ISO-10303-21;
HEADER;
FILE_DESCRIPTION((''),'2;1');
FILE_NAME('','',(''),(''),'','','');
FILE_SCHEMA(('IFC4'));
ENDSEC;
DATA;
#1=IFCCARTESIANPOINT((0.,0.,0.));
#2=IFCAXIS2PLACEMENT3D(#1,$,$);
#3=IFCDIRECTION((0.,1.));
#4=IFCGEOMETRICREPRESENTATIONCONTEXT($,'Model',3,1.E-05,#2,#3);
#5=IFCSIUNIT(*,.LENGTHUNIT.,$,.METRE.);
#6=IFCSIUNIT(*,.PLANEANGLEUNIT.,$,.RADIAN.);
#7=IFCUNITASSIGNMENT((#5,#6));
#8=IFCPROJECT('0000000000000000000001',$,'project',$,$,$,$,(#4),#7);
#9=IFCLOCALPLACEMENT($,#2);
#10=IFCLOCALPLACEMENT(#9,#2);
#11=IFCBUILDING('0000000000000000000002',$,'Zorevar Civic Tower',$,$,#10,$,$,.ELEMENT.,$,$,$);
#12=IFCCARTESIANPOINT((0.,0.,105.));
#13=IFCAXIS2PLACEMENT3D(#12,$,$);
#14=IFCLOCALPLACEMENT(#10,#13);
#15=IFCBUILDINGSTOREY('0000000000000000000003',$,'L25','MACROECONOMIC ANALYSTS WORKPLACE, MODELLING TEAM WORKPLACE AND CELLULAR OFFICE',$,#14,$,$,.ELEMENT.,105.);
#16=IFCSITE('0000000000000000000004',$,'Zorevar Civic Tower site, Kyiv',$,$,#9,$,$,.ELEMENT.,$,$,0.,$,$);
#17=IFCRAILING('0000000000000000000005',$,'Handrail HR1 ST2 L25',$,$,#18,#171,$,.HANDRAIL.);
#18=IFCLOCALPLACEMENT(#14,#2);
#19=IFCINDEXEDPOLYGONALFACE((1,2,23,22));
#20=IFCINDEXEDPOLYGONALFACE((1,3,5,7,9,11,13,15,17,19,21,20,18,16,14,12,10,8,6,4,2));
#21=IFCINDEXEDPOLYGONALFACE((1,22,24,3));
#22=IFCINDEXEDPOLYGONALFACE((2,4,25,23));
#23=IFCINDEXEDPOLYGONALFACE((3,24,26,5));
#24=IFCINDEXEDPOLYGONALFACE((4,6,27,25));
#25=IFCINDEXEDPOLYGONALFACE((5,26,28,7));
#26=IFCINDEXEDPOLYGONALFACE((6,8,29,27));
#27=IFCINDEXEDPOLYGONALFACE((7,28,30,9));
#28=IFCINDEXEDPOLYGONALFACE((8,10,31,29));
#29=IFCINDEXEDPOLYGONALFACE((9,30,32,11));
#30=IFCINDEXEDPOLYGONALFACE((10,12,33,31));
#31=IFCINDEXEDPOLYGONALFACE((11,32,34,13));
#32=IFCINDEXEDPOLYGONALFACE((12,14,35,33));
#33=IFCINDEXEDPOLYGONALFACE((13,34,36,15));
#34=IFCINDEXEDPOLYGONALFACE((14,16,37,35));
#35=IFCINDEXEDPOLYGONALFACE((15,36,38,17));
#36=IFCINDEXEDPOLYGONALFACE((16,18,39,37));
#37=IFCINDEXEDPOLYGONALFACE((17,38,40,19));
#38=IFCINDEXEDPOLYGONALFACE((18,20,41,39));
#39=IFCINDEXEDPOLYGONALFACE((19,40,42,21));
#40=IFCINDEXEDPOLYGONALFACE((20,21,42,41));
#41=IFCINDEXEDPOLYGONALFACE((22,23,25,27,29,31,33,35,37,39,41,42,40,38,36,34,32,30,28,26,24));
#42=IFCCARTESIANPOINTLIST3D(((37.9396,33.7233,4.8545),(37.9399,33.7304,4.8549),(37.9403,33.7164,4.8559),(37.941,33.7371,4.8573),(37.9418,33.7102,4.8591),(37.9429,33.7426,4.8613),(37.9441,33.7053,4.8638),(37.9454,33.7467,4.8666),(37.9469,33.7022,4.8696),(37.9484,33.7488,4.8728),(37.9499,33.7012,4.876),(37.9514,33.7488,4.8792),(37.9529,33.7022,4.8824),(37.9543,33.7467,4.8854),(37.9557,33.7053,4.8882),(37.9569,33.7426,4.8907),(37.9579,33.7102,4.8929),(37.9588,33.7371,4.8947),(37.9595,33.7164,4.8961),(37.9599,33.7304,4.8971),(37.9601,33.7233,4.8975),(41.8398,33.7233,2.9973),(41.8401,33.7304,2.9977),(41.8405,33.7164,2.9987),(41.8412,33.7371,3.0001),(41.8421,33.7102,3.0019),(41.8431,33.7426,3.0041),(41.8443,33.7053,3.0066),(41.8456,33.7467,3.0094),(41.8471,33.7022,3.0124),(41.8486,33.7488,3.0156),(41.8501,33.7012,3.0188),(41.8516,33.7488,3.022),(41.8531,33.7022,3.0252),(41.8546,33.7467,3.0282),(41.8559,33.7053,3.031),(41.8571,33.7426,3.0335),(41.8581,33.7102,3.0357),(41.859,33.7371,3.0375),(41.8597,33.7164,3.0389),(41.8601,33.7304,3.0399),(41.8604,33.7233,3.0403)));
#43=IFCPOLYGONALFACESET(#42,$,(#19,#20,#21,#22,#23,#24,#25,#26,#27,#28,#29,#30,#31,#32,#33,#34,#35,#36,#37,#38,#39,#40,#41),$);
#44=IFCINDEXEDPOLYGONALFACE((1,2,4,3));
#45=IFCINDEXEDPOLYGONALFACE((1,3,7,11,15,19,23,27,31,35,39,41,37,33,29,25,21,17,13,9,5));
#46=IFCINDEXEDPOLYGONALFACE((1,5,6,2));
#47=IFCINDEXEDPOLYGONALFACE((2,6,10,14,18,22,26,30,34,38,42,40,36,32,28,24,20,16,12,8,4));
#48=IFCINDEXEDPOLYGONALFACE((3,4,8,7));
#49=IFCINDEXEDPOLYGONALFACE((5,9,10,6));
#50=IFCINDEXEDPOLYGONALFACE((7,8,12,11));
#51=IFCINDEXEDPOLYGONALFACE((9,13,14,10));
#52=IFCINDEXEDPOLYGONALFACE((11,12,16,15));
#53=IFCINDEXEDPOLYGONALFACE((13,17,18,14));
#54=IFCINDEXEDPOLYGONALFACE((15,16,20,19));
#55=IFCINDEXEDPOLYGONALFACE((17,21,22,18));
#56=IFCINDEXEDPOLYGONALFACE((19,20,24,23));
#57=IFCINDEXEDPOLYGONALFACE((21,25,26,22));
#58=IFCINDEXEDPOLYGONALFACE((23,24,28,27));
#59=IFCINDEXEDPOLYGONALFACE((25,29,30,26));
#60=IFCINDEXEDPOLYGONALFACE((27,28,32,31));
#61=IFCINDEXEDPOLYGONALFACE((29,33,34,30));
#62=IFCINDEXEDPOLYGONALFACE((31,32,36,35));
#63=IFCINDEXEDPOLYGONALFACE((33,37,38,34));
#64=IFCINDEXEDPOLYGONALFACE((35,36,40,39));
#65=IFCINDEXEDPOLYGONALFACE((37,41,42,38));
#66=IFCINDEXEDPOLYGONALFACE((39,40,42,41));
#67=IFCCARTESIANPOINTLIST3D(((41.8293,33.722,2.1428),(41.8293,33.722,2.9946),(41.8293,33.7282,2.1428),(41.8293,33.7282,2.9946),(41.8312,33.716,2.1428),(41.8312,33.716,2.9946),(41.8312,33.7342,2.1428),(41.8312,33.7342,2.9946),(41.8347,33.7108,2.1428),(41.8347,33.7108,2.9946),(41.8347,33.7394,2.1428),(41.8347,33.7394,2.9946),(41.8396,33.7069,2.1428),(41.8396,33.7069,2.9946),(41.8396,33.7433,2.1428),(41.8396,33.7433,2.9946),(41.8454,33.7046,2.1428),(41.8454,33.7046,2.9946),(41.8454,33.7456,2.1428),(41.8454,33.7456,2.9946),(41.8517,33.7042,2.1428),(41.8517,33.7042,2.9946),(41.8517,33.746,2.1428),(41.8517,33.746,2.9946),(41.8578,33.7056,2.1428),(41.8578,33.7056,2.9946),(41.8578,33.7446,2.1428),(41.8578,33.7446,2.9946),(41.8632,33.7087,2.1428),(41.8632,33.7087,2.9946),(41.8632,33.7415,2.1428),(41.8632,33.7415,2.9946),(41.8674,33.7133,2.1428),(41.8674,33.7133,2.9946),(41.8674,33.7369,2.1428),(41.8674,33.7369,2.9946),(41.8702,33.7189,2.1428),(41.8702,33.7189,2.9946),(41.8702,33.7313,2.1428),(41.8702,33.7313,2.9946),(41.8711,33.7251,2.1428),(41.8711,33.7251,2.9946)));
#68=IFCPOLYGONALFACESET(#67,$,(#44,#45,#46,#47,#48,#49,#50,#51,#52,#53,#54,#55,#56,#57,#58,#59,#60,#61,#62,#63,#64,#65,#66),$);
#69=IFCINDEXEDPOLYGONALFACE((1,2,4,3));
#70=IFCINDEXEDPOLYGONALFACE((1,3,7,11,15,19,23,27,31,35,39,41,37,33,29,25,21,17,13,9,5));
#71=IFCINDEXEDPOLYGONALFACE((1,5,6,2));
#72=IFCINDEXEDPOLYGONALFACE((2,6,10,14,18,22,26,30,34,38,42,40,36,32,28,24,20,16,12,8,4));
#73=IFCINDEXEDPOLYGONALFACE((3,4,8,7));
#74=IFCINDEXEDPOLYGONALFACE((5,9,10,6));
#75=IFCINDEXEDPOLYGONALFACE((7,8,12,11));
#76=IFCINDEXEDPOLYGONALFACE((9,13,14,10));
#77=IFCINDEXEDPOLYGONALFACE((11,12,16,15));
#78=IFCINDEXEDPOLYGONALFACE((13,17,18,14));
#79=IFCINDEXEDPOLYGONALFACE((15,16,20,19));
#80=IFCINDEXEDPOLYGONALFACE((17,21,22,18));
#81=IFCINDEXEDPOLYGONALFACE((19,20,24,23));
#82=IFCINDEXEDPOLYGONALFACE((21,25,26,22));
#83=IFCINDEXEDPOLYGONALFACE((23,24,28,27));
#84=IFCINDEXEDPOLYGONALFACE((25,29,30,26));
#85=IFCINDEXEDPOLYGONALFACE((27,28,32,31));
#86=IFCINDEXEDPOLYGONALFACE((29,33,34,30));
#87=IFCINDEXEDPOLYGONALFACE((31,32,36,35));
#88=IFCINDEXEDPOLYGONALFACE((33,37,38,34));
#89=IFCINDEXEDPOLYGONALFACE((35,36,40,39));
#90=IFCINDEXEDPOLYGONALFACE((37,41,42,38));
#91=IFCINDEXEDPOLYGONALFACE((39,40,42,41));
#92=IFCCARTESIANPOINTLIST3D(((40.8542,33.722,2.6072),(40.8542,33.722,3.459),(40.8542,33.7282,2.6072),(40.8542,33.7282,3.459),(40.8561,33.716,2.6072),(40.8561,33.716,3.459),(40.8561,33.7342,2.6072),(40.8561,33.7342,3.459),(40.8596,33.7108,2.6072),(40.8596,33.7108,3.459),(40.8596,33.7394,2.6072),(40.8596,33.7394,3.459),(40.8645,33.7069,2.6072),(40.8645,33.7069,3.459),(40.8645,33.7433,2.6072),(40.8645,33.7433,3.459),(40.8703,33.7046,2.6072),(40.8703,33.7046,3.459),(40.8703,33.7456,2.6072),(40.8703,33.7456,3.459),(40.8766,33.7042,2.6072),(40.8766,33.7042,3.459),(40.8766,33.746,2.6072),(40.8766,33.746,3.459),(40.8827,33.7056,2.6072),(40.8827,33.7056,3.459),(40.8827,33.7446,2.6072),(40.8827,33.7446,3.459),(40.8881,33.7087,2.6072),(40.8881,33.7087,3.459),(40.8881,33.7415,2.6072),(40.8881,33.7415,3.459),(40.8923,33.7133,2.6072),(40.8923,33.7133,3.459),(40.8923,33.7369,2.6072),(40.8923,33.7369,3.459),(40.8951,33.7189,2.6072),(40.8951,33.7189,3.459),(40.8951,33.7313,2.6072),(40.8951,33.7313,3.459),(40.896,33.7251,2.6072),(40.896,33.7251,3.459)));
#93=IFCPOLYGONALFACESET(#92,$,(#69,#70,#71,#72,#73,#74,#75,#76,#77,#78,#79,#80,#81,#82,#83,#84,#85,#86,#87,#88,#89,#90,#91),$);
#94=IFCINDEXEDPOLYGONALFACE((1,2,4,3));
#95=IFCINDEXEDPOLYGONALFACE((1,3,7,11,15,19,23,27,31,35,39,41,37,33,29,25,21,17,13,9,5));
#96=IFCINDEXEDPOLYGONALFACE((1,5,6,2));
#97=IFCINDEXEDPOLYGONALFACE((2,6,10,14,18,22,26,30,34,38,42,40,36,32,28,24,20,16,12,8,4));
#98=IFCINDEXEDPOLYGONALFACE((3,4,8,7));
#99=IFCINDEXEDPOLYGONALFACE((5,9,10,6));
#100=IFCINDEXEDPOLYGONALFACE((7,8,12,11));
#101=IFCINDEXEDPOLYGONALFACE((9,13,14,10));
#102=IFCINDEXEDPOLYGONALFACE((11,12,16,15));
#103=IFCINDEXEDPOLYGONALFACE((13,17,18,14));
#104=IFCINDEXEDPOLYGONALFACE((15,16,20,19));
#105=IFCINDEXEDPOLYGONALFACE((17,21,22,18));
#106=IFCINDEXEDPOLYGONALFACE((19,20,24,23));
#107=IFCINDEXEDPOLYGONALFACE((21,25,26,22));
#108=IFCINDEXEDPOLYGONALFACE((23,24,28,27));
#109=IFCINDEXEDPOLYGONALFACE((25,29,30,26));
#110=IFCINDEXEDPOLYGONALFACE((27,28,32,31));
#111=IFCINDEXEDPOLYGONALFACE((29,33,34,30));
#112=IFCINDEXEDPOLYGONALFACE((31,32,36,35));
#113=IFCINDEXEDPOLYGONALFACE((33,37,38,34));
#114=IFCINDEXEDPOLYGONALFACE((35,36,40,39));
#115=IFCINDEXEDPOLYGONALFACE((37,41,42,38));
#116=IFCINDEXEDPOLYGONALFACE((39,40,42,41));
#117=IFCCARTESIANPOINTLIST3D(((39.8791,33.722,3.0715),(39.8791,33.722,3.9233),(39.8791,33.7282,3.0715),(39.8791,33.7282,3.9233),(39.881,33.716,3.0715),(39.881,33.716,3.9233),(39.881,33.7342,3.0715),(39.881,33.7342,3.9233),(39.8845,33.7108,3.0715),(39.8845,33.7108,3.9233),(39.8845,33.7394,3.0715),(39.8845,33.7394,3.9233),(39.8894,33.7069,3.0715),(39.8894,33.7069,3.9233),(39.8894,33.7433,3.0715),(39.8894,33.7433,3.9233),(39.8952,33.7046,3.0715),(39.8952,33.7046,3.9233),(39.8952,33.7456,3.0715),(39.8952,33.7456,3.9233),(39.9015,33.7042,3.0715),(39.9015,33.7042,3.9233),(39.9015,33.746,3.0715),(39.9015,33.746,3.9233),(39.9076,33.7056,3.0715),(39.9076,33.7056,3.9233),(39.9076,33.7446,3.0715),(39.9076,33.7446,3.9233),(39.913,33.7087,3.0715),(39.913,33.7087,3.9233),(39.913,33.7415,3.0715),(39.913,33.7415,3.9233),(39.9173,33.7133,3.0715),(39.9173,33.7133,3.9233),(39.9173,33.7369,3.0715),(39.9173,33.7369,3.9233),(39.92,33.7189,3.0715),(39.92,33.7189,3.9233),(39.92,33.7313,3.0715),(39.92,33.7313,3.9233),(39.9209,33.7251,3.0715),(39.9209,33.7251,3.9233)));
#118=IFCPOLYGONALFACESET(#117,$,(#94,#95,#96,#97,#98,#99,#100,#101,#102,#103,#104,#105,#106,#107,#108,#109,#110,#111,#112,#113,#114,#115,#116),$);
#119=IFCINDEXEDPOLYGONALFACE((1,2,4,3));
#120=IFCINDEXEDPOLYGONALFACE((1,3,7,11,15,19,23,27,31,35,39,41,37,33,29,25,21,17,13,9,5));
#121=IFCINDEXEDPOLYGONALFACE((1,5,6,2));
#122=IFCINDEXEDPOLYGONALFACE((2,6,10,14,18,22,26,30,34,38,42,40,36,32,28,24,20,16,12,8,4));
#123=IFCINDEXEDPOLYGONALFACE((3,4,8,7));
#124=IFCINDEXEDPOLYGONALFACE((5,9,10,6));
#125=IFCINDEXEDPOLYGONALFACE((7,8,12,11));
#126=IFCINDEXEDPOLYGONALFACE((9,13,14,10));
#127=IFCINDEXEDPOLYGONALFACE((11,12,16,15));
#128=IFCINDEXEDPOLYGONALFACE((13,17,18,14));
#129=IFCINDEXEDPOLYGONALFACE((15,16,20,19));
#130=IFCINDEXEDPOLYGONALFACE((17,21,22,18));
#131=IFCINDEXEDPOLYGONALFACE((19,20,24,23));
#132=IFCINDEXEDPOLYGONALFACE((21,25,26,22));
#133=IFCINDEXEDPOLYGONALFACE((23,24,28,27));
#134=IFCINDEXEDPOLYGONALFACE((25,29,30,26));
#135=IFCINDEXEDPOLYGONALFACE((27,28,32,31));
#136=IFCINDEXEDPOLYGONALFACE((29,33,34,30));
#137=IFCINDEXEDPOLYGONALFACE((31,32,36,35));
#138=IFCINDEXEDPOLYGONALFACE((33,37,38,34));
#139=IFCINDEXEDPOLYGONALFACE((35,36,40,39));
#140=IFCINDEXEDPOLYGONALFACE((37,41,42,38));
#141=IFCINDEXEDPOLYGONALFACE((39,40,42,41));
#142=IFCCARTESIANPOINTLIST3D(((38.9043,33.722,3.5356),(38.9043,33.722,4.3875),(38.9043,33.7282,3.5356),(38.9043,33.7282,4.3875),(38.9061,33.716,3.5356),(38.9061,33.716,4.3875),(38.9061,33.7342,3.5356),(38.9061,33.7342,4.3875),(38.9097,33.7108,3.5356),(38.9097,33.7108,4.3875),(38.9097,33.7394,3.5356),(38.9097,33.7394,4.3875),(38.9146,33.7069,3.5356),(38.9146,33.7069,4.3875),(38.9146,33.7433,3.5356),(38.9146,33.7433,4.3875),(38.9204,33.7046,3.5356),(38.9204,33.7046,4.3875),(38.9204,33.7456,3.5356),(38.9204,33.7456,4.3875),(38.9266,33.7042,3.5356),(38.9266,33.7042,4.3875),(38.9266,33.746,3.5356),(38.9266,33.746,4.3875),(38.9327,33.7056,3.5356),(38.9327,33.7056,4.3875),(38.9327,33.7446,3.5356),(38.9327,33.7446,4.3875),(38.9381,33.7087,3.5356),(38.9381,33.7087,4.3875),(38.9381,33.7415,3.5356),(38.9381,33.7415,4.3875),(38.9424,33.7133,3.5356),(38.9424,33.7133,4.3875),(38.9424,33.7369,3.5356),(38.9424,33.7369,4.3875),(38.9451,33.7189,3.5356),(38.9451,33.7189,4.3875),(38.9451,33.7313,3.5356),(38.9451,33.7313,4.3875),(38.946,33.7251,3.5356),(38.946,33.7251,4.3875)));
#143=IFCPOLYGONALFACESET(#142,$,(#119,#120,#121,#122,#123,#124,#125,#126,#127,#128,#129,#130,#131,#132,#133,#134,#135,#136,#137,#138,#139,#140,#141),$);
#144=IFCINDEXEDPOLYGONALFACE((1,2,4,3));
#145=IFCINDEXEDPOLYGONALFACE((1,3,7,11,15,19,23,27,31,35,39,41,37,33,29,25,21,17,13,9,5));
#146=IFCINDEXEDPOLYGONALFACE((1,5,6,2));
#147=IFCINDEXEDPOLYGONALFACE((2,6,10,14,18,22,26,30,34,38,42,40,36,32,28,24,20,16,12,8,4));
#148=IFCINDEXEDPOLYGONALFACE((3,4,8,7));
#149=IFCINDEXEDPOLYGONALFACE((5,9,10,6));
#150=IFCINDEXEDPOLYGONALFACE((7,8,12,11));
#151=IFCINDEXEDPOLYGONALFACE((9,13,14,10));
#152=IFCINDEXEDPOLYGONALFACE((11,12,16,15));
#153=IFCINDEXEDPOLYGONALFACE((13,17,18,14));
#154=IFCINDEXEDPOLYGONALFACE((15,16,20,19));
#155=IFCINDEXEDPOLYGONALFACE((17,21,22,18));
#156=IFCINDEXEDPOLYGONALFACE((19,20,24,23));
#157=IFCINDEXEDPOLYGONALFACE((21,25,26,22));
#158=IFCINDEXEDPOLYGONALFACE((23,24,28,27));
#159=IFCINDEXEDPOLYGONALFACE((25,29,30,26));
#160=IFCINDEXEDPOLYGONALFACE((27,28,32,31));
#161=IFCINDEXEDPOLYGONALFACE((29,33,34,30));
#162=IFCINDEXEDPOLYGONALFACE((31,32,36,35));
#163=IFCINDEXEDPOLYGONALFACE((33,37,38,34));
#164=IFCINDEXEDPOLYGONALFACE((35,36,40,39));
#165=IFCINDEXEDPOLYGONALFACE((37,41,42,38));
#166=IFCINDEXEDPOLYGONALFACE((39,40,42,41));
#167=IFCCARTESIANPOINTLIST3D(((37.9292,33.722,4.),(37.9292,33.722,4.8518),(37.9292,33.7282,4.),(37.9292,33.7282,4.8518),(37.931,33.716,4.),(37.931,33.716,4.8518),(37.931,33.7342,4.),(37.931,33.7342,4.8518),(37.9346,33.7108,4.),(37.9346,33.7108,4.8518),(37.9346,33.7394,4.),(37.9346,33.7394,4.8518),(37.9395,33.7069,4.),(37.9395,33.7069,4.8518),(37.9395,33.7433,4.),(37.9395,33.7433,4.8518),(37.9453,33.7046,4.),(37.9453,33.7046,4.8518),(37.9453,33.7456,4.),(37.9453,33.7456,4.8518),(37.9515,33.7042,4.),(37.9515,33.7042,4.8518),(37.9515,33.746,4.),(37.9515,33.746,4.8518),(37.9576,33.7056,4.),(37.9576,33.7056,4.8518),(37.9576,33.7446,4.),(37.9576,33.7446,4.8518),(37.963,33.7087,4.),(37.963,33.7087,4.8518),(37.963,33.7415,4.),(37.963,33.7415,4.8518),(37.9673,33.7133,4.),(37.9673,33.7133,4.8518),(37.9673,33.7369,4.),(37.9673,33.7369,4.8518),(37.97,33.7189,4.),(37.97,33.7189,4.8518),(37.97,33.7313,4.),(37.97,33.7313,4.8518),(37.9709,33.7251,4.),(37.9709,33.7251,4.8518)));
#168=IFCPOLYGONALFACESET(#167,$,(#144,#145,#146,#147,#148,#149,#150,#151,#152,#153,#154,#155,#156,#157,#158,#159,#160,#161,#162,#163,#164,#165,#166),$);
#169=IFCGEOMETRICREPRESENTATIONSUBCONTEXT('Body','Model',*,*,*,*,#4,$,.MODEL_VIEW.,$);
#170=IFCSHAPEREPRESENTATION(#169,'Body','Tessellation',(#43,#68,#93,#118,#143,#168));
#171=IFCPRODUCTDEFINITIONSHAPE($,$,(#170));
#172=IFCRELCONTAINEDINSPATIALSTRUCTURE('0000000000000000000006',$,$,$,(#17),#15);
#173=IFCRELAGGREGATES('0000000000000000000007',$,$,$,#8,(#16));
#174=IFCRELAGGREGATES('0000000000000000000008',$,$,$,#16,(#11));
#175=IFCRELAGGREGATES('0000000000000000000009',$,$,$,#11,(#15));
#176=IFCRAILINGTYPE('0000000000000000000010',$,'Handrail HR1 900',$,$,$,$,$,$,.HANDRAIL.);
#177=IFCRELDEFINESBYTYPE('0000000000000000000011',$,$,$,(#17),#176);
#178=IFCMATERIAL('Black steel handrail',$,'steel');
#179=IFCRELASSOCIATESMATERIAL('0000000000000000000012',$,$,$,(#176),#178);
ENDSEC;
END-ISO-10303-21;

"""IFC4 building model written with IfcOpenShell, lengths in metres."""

from ifc_helpers import new_model, si_unit, direction, frame, origin, origin_2d, place, context, subcontext, project, spatial, circle, extrude, material, type_object, element, save


model = new_model("IFC4")

# Units and contexts
model_context = context("Model", 3, precision=1e-05, world=origin(), true_north=direction((0.0, 1.0)))
body_context = subcontext(model_context, "Body", "Model", "MODEL_VIEW")
ifc_project = project(units=[si_unit("LENGTHUNIT", "METRE"), si_unit("PLANEANGLEUNIT", "RADIAN")], contexts=[model_context])

# Site, building, storey
site_placement = place(None, origin())
site = spatial("IfcSite", under=ifc_project, at=site_placement, Name="Zorevar Civic Tower site, Kyiv", CompositionType="ELEMENT", RefElevation=0.0)
building_placement = place(site_placement, origin())
building = spatial("IfcBuilding", under=site, at=building_placement, Name="Zorevar Civic Tower", CompositionType="ELEMENT")
storey_placement = place(building_placement, frame((0.0, 0.0, 105.0)))
storey = spatial("IfcBuildingStorey", under=building, at=storey_placement, Name="L25", Description="MACROECONOMIC ANALYSTS WORKPLACE, MODELLING TEAM WORKPLACE AND CELLULAR OFFICE", CompositionType="ELEMENT", Elevation=105.0)

# Railing
ifc_material_1 = material(Name="Black steel handrail", Category="steel")
railing_type = type_object("IfcRailingType", Name="Handrail HR1 900", PredefinedType="HANDRAIL", material=ifc_material_1)
railing_1_placement = place(storey_placement, frame((41.8501, 33.7251, 2.1428)))
element("IfcRailing", 1, at=railing_1_placement, inside=storey, type_object=railing_type, Name="Handrail HR1 ST2 L25", PredefinedType="HANDRAIL", context=body_context, shape_type="SweptSolid", body=[
    extrude(circle(Radius=0.0239, at=origin_2d()), frame((0.0, 0.0, 0.876), z_axis=(-0.902864, 0.0, 0.429927), x_axis=(0.0, -1.0, 0.0)), (0.0, 0.0, 1.0), 4.3198),
    extrude(circle(Radius=0.021, at=origin_2d()), origin(), (0.0, 0.0, 1.0), 0.8518),
    extrude(circle(Radius=0.021, at=origin_2d()), frame((-0.9751, 0.0, 0.4644)), (0.0, 0.0, 1.0), 0.8518),
    extrude(circle(Radius=0.021, at=origin_2d()), frame((-1.9502, 0.0, 0.9287)), (0.0, 0.0, 1.0), 0.8518),
    extrude(circle(Radius=0.021, at=origin_2d()), frame((-2.925, 0.0, 1.3928)), (0.0, 0.0, 1.0), 0.8518),
    extrude(circle(Radius=0.021, at=origin_2d()), frame((-3.9001, 0.0, 1.8572)), (0.0, 0.0, 1.0), 0.8518),
])

save(model, "model.ifc")
